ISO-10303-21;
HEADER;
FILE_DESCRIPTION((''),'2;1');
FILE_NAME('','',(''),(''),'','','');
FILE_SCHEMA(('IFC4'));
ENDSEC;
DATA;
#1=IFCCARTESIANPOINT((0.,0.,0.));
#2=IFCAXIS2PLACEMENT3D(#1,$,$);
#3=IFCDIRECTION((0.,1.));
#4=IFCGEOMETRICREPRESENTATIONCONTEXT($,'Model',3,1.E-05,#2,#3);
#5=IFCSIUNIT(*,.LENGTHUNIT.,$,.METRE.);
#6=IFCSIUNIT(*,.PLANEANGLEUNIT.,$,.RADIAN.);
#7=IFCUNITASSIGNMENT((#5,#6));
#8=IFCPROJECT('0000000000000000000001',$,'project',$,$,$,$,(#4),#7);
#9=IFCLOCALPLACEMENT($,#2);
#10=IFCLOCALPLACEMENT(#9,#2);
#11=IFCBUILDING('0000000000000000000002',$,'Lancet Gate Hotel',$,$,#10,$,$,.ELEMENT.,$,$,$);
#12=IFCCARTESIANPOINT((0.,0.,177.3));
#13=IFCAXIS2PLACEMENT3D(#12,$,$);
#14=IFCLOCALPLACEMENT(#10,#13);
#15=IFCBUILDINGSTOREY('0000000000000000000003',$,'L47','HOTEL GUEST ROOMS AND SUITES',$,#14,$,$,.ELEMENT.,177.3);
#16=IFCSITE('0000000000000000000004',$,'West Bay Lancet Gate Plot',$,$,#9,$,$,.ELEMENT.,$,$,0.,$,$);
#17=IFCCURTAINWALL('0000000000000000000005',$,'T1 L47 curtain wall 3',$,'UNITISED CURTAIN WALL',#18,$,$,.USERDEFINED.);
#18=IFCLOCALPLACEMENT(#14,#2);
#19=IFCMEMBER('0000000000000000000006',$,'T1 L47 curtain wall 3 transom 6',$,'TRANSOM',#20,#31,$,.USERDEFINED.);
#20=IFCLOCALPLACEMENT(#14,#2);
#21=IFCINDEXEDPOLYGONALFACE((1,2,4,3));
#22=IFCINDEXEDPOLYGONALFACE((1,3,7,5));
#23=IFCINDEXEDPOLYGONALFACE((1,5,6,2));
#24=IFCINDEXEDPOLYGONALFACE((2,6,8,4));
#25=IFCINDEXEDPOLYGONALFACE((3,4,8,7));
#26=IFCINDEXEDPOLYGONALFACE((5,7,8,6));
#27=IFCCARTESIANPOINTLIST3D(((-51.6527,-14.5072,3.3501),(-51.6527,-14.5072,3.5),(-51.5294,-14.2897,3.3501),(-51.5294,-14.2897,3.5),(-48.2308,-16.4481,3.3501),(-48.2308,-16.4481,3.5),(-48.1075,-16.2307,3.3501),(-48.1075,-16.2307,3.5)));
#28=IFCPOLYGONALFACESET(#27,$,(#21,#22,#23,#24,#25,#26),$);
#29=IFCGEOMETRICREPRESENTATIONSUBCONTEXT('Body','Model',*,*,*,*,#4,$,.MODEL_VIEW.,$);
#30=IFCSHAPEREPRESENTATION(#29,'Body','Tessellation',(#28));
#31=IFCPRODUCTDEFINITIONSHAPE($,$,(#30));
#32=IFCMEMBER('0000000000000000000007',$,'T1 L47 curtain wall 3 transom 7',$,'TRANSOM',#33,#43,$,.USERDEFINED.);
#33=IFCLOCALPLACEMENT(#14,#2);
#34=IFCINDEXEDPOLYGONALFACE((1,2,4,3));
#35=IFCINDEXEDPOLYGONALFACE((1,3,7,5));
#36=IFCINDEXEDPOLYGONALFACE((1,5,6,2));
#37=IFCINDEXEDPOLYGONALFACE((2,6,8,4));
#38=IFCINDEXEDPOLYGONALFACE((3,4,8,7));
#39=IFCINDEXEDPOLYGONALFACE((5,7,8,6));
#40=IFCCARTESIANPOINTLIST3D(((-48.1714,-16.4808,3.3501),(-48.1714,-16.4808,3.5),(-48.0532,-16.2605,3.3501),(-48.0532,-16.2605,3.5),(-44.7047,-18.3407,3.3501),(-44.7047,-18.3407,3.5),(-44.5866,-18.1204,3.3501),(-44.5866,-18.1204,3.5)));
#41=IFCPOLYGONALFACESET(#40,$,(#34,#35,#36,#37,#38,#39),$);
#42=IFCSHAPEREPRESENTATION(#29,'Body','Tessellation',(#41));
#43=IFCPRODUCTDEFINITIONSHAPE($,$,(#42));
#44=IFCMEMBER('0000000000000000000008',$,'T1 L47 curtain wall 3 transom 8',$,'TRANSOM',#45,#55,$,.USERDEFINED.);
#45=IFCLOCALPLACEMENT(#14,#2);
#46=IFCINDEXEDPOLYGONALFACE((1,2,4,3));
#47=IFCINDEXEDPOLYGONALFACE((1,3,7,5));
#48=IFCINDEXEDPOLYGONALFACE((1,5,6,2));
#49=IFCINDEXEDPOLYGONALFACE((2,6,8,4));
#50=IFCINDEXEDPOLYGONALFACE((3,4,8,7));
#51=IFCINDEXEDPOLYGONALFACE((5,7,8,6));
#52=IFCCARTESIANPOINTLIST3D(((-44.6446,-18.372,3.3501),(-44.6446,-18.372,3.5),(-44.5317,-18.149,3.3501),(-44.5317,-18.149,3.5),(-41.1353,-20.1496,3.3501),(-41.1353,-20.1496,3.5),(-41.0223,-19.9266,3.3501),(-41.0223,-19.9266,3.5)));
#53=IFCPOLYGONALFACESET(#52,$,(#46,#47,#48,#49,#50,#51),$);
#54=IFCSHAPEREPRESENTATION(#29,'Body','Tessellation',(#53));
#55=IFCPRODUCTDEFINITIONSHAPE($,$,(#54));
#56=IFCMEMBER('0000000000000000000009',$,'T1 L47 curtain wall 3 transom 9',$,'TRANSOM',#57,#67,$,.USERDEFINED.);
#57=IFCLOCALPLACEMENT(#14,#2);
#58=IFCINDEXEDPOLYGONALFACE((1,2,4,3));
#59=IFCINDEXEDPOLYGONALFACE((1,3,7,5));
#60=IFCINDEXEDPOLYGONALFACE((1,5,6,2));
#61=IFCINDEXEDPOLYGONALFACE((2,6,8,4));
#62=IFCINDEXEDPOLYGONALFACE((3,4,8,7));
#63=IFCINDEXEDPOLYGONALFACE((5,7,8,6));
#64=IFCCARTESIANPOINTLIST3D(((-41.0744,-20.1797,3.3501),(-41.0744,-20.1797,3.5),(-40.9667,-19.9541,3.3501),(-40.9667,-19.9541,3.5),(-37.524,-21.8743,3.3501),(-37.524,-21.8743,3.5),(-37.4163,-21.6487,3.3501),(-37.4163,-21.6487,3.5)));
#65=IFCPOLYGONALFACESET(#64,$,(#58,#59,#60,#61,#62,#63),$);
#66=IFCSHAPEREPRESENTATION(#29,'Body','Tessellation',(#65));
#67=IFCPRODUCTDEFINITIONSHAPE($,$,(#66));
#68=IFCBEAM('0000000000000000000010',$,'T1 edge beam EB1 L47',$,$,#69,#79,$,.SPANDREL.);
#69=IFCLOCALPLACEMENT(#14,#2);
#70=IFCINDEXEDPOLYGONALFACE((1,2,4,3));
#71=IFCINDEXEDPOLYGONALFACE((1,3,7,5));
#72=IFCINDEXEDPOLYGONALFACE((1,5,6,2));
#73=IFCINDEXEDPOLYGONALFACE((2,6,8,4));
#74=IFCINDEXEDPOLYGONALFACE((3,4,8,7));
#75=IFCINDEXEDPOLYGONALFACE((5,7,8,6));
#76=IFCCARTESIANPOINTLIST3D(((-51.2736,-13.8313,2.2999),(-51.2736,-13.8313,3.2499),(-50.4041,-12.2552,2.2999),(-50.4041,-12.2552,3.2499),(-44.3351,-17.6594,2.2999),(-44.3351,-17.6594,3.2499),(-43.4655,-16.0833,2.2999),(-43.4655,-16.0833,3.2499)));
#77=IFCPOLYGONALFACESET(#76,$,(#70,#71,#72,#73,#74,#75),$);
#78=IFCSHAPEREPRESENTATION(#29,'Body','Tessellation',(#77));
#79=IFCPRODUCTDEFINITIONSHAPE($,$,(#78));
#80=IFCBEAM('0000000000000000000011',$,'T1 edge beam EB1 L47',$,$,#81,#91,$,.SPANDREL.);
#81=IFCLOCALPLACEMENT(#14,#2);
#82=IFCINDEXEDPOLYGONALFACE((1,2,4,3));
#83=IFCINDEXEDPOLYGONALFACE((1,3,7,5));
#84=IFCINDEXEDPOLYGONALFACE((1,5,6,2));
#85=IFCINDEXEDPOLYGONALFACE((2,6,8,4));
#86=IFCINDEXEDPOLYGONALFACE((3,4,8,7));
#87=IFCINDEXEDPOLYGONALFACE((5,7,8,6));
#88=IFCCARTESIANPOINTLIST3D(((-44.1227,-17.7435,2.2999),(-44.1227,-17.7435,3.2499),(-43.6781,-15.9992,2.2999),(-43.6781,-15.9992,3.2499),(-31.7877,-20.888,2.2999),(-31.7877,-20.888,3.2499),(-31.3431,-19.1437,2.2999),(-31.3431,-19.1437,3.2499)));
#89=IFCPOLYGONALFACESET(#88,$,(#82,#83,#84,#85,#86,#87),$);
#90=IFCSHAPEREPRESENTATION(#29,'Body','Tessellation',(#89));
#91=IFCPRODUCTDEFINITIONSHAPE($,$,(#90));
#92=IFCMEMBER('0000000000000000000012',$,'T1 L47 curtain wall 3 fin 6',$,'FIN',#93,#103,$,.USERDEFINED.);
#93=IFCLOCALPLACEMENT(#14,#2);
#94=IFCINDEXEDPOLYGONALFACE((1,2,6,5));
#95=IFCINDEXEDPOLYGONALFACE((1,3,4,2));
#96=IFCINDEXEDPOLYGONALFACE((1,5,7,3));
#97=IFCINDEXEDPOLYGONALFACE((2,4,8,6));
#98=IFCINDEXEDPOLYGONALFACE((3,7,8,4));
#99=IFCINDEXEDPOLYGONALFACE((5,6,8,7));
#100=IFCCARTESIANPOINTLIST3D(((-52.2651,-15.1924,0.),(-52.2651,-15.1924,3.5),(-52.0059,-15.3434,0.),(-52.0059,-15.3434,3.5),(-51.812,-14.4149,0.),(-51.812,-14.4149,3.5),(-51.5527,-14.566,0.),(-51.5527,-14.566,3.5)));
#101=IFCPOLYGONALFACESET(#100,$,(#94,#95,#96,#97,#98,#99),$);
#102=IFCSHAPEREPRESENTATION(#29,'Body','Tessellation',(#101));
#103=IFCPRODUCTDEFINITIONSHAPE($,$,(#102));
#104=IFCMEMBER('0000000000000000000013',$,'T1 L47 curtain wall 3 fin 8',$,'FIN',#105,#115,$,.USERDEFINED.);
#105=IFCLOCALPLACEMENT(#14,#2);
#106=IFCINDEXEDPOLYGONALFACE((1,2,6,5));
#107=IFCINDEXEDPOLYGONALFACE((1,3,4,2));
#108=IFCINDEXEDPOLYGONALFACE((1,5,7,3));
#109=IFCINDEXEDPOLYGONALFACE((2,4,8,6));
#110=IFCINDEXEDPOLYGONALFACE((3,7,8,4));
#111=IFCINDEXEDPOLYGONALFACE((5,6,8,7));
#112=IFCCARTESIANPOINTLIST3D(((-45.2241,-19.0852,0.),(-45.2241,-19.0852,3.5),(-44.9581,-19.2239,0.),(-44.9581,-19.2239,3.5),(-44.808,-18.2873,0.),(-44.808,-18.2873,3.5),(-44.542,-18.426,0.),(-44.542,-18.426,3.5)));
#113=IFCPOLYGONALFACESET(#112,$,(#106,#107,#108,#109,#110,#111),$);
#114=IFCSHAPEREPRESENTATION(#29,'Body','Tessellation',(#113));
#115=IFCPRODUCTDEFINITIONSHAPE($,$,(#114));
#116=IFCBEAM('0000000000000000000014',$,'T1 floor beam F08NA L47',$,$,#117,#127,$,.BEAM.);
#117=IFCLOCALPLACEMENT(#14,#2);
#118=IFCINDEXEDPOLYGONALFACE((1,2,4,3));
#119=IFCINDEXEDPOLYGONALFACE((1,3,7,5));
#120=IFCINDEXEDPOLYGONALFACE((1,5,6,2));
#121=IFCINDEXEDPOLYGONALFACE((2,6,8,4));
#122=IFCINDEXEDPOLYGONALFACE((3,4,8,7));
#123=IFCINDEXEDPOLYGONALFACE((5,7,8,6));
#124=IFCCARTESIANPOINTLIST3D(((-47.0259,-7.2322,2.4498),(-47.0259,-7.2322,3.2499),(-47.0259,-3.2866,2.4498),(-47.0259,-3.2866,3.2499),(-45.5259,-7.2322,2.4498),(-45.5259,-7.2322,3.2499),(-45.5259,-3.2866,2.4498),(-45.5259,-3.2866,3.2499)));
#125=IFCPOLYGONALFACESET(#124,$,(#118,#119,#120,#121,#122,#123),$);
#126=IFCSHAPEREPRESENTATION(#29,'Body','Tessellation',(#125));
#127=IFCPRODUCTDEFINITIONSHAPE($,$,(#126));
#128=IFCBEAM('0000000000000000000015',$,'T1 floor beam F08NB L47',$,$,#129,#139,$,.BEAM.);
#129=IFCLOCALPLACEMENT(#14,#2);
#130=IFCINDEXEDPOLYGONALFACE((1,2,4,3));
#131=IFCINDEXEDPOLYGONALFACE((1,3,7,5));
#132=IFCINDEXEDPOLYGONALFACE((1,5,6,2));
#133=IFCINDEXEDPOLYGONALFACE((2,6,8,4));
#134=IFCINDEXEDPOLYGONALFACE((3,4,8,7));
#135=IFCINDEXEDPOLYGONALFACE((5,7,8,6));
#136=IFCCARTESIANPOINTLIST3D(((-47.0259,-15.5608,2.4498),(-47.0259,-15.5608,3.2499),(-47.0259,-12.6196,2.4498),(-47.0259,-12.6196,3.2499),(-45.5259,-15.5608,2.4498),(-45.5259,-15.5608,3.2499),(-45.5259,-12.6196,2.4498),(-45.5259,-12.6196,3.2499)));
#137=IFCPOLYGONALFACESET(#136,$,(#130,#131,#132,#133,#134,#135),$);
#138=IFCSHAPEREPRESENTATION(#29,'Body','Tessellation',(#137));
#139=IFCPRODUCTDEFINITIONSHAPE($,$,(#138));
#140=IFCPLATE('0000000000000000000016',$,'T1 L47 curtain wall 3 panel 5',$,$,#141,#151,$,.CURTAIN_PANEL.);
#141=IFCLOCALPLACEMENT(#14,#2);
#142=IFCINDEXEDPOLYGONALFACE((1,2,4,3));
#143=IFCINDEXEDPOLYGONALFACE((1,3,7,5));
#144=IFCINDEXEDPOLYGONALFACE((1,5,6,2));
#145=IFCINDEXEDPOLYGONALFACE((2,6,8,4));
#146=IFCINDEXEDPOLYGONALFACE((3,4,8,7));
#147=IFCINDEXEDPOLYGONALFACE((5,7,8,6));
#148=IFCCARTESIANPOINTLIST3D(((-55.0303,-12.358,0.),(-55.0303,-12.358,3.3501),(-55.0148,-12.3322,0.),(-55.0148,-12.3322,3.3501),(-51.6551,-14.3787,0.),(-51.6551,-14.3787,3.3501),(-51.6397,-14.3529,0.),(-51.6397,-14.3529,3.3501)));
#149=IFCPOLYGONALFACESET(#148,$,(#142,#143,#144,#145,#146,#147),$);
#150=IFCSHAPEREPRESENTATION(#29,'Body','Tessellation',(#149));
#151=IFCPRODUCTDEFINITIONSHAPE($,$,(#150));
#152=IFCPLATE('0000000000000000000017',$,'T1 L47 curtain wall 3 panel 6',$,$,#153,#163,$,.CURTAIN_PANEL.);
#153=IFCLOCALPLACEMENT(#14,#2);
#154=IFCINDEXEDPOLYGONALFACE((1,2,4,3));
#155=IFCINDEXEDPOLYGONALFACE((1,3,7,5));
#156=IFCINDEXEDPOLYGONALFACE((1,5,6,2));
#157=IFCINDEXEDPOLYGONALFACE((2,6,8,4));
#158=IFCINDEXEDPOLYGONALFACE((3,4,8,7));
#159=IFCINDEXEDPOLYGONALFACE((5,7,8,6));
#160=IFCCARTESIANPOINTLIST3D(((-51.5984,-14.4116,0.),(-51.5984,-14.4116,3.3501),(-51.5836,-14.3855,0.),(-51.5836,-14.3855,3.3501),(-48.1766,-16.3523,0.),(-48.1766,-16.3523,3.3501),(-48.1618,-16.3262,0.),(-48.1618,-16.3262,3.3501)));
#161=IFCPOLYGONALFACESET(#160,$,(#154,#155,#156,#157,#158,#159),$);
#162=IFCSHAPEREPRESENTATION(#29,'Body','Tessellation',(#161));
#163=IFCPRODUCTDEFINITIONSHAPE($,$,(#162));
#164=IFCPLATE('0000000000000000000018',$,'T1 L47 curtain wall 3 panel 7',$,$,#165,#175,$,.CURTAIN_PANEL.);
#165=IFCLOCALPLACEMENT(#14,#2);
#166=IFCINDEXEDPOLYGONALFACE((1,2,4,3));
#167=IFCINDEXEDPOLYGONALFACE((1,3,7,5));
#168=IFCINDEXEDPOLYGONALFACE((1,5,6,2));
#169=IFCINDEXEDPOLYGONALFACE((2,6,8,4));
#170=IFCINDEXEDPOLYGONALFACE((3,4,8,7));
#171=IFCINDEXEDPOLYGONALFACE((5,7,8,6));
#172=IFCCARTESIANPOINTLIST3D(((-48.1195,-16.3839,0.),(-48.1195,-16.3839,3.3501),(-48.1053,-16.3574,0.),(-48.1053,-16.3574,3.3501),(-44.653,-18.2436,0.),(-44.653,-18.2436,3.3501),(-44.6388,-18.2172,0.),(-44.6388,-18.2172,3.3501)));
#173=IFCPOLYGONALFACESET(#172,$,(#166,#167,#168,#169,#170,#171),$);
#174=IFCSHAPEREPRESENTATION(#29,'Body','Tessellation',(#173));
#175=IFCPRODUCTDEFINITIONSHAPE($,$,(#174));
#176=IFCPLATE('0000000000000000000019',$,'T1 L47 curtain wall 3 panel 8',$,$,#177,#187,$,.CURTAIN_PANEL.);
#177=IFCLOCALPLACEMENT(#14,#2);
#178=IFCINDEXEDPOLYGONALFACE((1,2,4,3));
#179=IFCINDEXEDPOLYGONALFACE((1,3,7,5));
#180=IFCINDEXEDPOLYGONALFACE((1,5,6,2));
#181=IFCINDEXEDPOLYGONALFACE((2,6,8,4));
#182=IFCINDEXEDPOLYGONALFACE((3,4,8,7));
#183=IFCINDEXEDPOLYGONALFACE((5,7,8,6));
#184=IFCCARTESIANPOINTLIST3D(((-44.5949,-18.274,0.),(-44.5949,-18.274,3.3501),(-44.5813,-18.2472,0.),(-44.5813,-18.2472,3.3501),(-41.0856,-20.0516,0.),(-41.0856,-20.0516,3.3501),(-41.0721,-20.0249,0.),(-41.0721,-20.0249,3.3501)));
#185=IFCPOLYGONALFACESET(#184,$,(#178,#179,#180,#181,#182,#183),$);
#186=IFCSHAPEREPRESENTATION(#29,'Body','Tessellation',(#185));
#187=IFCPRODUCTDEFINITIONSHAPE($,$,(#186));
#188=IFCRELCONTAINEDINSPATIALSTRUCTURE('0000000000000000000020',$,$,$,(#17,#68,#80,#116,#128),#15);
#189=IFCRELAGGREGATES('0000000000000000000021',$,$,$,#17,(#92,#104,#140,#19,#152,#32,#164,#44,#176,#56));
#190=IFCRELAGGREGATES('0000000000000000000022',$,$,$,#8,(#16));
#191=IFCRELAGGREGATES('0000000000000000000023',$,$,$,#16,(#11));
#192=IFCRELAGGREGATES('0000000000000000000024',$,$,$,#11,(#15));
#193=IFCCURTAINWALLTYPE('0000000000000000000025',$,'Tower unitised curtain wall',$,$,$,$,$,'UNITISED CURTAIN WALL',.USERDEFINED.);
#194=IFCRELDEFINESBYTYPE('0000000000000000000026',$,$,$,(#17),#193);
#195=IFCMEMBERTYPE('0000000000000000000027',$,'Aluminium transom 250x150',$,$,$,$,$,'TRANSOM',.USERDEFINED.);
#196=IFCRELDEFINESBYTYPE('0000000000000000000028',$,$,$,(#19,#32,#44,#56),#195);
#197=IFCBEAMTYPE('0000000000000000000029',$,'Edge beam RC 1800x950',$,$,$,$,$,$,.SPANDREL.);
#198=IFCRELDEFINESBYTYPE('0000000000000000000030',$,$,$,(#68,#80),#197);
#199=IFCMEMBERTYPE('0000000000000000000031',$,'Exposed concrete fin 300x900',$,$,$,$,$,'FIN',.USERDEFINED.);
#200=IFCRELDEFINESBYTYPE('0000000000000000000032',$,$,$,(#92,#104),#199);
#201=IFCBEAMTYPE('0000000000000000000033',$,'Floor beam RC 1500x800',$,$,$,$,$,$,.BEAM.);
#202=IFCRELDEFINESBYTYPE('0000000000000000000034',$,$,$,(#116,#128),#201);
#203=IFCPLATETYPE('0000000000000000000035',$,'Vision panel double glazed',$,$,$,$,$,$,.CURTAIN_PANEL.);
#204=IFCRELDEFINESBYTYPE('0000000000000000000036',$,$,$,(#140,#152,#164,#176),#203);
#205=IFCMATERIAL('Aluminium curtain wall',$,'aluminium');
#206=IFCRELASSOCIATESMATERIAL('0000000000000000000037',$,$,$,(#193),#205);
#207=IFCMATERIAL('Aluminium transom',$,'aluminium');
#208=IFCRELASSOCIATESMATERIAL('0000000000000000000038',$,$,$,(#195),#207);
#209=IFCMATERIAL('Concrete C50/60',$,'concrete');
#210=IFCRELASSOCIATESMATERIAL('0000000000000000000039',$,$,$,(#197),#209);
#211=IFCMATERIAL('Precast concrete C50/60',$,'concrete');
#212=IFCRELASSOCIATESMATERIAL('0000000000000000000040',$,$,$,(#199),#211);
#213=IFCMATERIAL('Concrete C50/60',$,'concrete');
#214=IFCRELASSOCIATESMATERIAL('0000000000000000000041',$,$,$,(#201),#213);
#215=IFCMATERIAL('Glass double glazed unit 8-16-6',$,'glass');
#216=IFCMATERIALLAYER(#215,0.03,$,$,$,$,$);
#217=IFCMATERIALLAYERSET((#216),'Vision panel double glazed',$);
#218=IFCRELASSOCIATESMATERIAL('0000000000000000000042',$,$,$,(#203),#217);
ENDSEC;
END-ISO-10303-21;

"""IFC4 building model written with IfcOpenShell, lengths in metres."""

from ifc_helpers import new_model, si_unit, direction, frame, origin, origin_2d, place, context, subcontext, project, spatial, rectangle, extrude, material, layer, layer_set, material_profile, profile_set, type_object, element, aggregate, save


model = new_model("IFC4")

# Units and contexts
model_context = context("Model", 3, precision=1e-05, world=origin(), true_north=direction((0.0, 1.0)))
body_context = subcontext(model_context, "Body", "Model", "MODEL_VIEW")
ifc_project = project(units=[si_unit("LENGTHUNIT", "METRE"), si_unit("PLANEANGLEUNIT", "RADIAN")], contexts=[model_context])

# Site, building, storey
site_placement = place(None, origin())
site = spatial("IfcSite", under=ifc_project, at=site_placement, Name="West Bay Lancet Gate Plot", CompositionType="ELEMENT", RefElevation=0.0)
building_placement = place(site_placement, origin())
building = spatial("IfcBuilding", under=site, at=building_placement, Name="Lancet Gate Hotel", CompositionType="ELEMENT")
storey_placement = place(building_placement, frame((0.0, 0.0, 177.3)))
storey = spatial("IfcBuildingStorey", under=building, at=storey_placement, Name="L47", Description="HOTEL GUEST ROOMS AND SUITES", CompositionType="ELEMENT", Elevation=177.3)

# Curtain wall, members
ifc_material_1 = material(Name="Aluminium curtain wall", Category="aluminium")
curtain_wall_type = type_object("IfcCurtainWallType", Name="Tower unitised curtain wall", ElementType="UNITISED CURTAIN WALL", PredefinedType="USERDEFINED", material=ifc_material_1)
curtain_wall_placement = place(storey_placement, origin())
curtain_wall = element("IfcCurtainWall", 1, at=curtain_wall_placement, inside=storey, type_object=curtain_wall_type, Name="T1 L47 curtain wall 3", ObjectType="UNITISED CURTAIN WALL", PredefinedType="USERDEFINED")
ifc_material_2 = material(Name="Aluminium transom", Category="aluminium")
ifc_material_profile_1 = material_profile(ifc_material_2, rectangle(XDim=0.25, YDim=0.1499, at=origin_2d()), Name="TRANSOM 250x150")
ifc_profile_set_1 = profile_set([ifc_material_profile_1], Name="Aluminium transom")
member_type_1 = type_object("IfcMemberType", Name="Aluminium transom 250x150", ElementType="TRANSOM", PredefinedType="USERDEFINED", material=ifc_profile_set_1)
member_1_placement = place(storey_placement, frame((-51.5911, -14.3984, 3.425), z_axis=(0.86982, -0.49337, 0.0), x_axis=(0.49337, 0.86982, 0.0)))
member_1 = element("IfcMember", 2, at=member_1_placement, type_object=member_type_1, Name="T1 L47 curtain wall 3 transom 6", ObjectType="TRANSOM", PredefinedType="USERDEFINED", context=body_context, shape_type="SweptSolid", body=[
    extrude(rectangle(XDim=0.25, YDim=0.1499, at=origin_2d()), origin(), (0.0, 0.0, 1.0), 3.9341),
])
member_2_placement = place(storey_placement, frame((-48.1123, -16.3706, 3.425), z_axis=(0.881185, -0.472771, 0.0), x_axis=(0.472771, 0.881185, 0.0)))
member_2 = element("IfcMember", 3, at=member_2_placement, type_object=member_type_1, Name="T1 L47 curtain wall 3 transom 7", ObjectType="TRANSOM", PredefinedType="USERDEFINED", context=body_context, shape_type="SweptSolid", body=[
    extrude(rectangle(XDim=0.25, YDim=0.1499, at=origin_2d()), origin(), (0.0, 0.0, 1.0), 3.9341),
])
member_3_placement = place(storey_placement, frame((-44.5881, -18.2605, 3.425), z_axis=(0.892081, -0.451875, 0.0), x_axis=(0.451875, 0.892081, 0.0)))
member_3 = element("IfcMember", 4, at=member_3_placement, type_object=member_type_1, Name="T1 L47 curtain wall 3 transom 8", ObjectType="TRANSOM", PredefinedType="USERDEFINED", context=body_context, shape_type="SweptSolid", body=[
    extrude(rectangle(XDim=0.25, YDim=0.1499, at=origin_2d()), origin(), (0.0, 0.0, 1.0), 3.9338),
])
member_4_placement = place(storey_placement, frame((-41.0205, -20.0669, 3.425), z_axis=(0.902469, -0.430755, 0.0), x_axis=(0.430755, 0.902469, 0.0)))
member_4 = element("IfcMember", 5, at=member_4_placement, type_object=member_type_1, Name="T1 L47 curtain wall 3 transom 9", ObjectType="TRANSOM", PredefinedType="USERDEFINED", context=body_context, shape_type="SweptSolid", body=[
    extrude(rectangle(XDim=0.25, YDim=0.1499, at=origin_2d()), origin(), (0.0, 0.0, 1.0), 3.9341),
])

# Beams
ifc_material_3 = material(Name="Concrete C50/60", Category="concrete")
ifc_material_profile_2 = material_profile(ifc_material_3, rectangle(XDim=1.8, YDim=0.95, at=origin_2d()), Name="RC 1800x950")
ifc_profile_set_2 = profile_set([ifc_material_profile_2], Name="Concrete C50/60")
beam_type_1 = type_object("IfcBeamType", Name="Edge beam RC 1800x950", PredefinedType="SPANDREL", material=ifc_profile_set_2)
beam_1_placement = place(storey_placement, frame((-50.8389, -13.0432, 2.7749), z_axis=(0.875578, -0.483077, 0.0), x_axis=(0.483077, 0.875578, 0.0)))
element("IfcBeam", 6, at=beam_1_placement, inside=storey, type_object=beam_type_1, Name="T1 edge beam EB1 L47", PredefinedType="SPANDREL", context=body_context, shape_type="SweptSolid", body=[
    extrude(rectangle(XDim=1.8, YDim=0.95, at=origin_2d()), origin(), (0.0, 0.0, 1.0), 7.9246),
])
beam_2_placement = place(storey_placement, frame((-43.9004, -16.8713, 2.7749), z_axis=(0.969008, -0.247028, 0.0), x_axis=(0.247028, 0.969008, 0.0)))
element("IfcBeam", 7, at=beam_2_placement, inside=storey, type_object=beam_type_1, Name="T1 edge beam EB1 L47", PredefinedType="SPANDREL", context=body_context, shape_type="SweptSolid", body=[
    extrude(rectangle(XDim=1.8, YDim=0.95, at=origin_2d()), origin(), (0.0, 0.0, 1.0), 12.7295),
])

# Members
ifc_material_4 = material(Name="Precast concrete C50/60", Category="concrete")
ifc_material_profile_3 = material_profile(ifc_material_4, rectangle(XDim=0.3, YDim=0.8999, at=origin_2d()), Name="FIN 300x900")
ifc_profile_set_3 = profile_set([ifc_material_profile_3], Name="Precast concrete C50/60")
member_type_2 = type_object("IfcMemberType", Name="Exposed concrete fin 300x900", ElementType="FIN", PredefinedType="USERDEFINED", material=ifc_profile_set_3)
member_5_placement = place(storey_placement, frame((-51.9089, -14.8792, 0.0), z_axis=(0.0, 0.0, 1.0), x_axis=(0.863969, -0.503545, 0.0)))
member_5 = element("IfcMember", 8, at=member_5_placement, type_object=member_type_2, Name="T1 L47 curtain wall 3 fin 6", ObjectType="FIN", PredefinedType="USERDEFINED", context=body_context, shape_type="SweptSolid", body=[
    extrude(rectangle(XDim=0.3, YDim=0.8999, at=origin_2d()), origin(), (0.0, 0.0, 1.0), 3.5),
])
member_6_placement = place(storey_placement, frame((-44.8831, -18.7556, 0.0), z_axis=(0.0, 0.0, 1.0), x_axis=(0.886694, -0.462356, 0.0)))
member_6 = element("IfcMember", 9, at=member_6_placement, type_object=member_type_2, Name="T1 L47 curtain wall 3 fin 8", ObjectType="FIN", PredefinedType="USERDEFINED", context=body_context, shape_type="SweptSolid", body=[
    extrude(rectangle(XDim=0.3, YDim=0.8999, at=origin_2d()), origin(), (0.0, 0.0, 1.0), 3.5),
])

# Beams
ifc_material_5 = material(Name="Concrete C50/60", Category="concrete")
ifc_material_profile_4 = material_profile(ifc_material_5, rectangle(XDim=1.5, YDim=0.8, at=origin_2d()), Name="RC 1500x800")
ifc_profile_set_4 = profile_set([ifc_material_profile_4], Name="Concrete C50/60")
beam_type_2 = type_object("IfcBeamType", Name="Floor beam RC 1500x800", PredefinedType="BEAM", material=ifc_profile_set_4)
beam_3_placement = place(storey_placement, frame((-46.2759, -3.2866, 2.8499), z_axis=(0.0, -1.0, 0.0), x_axis=(1.0, 0.0, 0.0)))
element("IfcBeam", 10, at=beam_3_placement, inside=storey, type_object=beam_type_2, Name="T1 floor beam F08NA L47", PredefinedType="BEAM", context=body_context, shape_type="SweptSolid", body=[
    extrude(rectangle(XDim=1.5, YDim=0.8, at=origin_2d()), origin(), (0.0, 0.0, 1.0), 3.9456),
])
beam_4_placement = place(storey_placement, frame((-46.2759, -12.6196, 2.8499), z_axis=(0.0, -1.0, 0.0), x_axis=(1.0, 0.0, 0.0)))
element("IfcBeam", 11, at=beam_4_placement, inside=storey, type_object=beam_type_2, Name="T1 floor beam F08NB L47", PredefinedType="BEAM", context=body_context, shape_type="SweptSolid", body=[
    extrude(rectangle(XDim=1.5, YDim=0.8, at=origin_2d()), origin(), (0.0, 0.0, 1.0), 2.9412),
])

# Plates
ifc_material_6 = material(Name="Glass double glazed unit 8-16-6", Category="glass")
ifc_layer_1 = layer(ifc_material_6, 0.03)
ifc_layer_set_1 = layer_set([ifc_layer_1], Name="Vision panel double glazed")
plate_type = type_object("IfcPlateType", Name="Vision panel double glazed", PredefinedType="CURTAIN_PANEL", material=ifc_layer_set_1)
plate_1_placement = place(storey_placement, frame((-53.335, -13.3555, 0.0), z_axis=(0.0, 0.0, 1.0), x_axis=(0.857987, -0.513672, 0.0)))
plate_1 = element("IfcPlate", 12, at=plate_1_placement, type_object=plate_type, Name="T1 L47 curtain wall 3 panel 5", PredefinedType="CURTAIN_PANEL", context=body_context, shape_type="SweptSolid", body=[
    extrude(rectangle(XDim=3.9338, YDim=0.03, at=origin_2d()), origin(), (0.0, 0.0, 1.0), 3.3501),
])
plate_2_placement = place(storey_placement, frame((-49.8801, -15.3689, 0.0), z_axis=(0.0, 0.0, 1.0), x_axis=(0.869831, -0.493349, 0.0)))
plate_2 = element("IfcPlate", 13, at=plate_2_placement, type_object=plate_type, Name="T1 L47 curtain wall 3 panel 6", PredefinedType="CURTAIN_PANEL", context=body_context, shape_type="SweptSolid", body=[
    extrude(rectangle(XDim=3.9338, YDim=0.03, at=origin_2d()), origin(), (0.0, 0.0, 1.0), 3.3501),
])
plate_3_placement = place(storey_placement, frame((-46.3792, -17.3005, 0.0), z_axis=(0.0, 0.0, 1.0), x_axis=(0.881195, -0.472753, 0.0)))
plate_3 = element("IfcPlate", 14, at=plate_3_placement, type_object=plate_type, Name="T1 L47 curtain wall 3 panel 7", PredefinedType="CURTAIN_PANEL", context=body_context, shape_type="SweptSolid", body=[
    extrude(rectangle(XDim=3.9338, YDim=0.03, at=origin_2d()), origin(), (0.0, 0.0, 1.0), 3.3501),
])
plate_4_placement = place(storey_placement, frame((-42.8335, -19.1494, 0.0), z_axis=(0.0, 0.0, 1.0), x_axis=(0.892071, -0.451895, 0.0)))
plate_4 = element("IfcPlate", 15, at=plate_4_placement, type_object=plate_type, Name="T1 L47 curtain wall 3 panel 8", PredefinedType="CURTAIN_PANEL", context=body_context, shape_type="SweptSolid", body=[
    extrude(rectangle(XDim=3.9338, YDim=0.03, at=origin_2d()), origin(), (0.0, 0.0, 1.0), 3.3501),
])
aggregate(curtain_wall, [member_5, member_6, plate_1, member_1, plate_2, member_2, plate_3, member_3, plate_4, member_4])

save(model, "model.ifc")
